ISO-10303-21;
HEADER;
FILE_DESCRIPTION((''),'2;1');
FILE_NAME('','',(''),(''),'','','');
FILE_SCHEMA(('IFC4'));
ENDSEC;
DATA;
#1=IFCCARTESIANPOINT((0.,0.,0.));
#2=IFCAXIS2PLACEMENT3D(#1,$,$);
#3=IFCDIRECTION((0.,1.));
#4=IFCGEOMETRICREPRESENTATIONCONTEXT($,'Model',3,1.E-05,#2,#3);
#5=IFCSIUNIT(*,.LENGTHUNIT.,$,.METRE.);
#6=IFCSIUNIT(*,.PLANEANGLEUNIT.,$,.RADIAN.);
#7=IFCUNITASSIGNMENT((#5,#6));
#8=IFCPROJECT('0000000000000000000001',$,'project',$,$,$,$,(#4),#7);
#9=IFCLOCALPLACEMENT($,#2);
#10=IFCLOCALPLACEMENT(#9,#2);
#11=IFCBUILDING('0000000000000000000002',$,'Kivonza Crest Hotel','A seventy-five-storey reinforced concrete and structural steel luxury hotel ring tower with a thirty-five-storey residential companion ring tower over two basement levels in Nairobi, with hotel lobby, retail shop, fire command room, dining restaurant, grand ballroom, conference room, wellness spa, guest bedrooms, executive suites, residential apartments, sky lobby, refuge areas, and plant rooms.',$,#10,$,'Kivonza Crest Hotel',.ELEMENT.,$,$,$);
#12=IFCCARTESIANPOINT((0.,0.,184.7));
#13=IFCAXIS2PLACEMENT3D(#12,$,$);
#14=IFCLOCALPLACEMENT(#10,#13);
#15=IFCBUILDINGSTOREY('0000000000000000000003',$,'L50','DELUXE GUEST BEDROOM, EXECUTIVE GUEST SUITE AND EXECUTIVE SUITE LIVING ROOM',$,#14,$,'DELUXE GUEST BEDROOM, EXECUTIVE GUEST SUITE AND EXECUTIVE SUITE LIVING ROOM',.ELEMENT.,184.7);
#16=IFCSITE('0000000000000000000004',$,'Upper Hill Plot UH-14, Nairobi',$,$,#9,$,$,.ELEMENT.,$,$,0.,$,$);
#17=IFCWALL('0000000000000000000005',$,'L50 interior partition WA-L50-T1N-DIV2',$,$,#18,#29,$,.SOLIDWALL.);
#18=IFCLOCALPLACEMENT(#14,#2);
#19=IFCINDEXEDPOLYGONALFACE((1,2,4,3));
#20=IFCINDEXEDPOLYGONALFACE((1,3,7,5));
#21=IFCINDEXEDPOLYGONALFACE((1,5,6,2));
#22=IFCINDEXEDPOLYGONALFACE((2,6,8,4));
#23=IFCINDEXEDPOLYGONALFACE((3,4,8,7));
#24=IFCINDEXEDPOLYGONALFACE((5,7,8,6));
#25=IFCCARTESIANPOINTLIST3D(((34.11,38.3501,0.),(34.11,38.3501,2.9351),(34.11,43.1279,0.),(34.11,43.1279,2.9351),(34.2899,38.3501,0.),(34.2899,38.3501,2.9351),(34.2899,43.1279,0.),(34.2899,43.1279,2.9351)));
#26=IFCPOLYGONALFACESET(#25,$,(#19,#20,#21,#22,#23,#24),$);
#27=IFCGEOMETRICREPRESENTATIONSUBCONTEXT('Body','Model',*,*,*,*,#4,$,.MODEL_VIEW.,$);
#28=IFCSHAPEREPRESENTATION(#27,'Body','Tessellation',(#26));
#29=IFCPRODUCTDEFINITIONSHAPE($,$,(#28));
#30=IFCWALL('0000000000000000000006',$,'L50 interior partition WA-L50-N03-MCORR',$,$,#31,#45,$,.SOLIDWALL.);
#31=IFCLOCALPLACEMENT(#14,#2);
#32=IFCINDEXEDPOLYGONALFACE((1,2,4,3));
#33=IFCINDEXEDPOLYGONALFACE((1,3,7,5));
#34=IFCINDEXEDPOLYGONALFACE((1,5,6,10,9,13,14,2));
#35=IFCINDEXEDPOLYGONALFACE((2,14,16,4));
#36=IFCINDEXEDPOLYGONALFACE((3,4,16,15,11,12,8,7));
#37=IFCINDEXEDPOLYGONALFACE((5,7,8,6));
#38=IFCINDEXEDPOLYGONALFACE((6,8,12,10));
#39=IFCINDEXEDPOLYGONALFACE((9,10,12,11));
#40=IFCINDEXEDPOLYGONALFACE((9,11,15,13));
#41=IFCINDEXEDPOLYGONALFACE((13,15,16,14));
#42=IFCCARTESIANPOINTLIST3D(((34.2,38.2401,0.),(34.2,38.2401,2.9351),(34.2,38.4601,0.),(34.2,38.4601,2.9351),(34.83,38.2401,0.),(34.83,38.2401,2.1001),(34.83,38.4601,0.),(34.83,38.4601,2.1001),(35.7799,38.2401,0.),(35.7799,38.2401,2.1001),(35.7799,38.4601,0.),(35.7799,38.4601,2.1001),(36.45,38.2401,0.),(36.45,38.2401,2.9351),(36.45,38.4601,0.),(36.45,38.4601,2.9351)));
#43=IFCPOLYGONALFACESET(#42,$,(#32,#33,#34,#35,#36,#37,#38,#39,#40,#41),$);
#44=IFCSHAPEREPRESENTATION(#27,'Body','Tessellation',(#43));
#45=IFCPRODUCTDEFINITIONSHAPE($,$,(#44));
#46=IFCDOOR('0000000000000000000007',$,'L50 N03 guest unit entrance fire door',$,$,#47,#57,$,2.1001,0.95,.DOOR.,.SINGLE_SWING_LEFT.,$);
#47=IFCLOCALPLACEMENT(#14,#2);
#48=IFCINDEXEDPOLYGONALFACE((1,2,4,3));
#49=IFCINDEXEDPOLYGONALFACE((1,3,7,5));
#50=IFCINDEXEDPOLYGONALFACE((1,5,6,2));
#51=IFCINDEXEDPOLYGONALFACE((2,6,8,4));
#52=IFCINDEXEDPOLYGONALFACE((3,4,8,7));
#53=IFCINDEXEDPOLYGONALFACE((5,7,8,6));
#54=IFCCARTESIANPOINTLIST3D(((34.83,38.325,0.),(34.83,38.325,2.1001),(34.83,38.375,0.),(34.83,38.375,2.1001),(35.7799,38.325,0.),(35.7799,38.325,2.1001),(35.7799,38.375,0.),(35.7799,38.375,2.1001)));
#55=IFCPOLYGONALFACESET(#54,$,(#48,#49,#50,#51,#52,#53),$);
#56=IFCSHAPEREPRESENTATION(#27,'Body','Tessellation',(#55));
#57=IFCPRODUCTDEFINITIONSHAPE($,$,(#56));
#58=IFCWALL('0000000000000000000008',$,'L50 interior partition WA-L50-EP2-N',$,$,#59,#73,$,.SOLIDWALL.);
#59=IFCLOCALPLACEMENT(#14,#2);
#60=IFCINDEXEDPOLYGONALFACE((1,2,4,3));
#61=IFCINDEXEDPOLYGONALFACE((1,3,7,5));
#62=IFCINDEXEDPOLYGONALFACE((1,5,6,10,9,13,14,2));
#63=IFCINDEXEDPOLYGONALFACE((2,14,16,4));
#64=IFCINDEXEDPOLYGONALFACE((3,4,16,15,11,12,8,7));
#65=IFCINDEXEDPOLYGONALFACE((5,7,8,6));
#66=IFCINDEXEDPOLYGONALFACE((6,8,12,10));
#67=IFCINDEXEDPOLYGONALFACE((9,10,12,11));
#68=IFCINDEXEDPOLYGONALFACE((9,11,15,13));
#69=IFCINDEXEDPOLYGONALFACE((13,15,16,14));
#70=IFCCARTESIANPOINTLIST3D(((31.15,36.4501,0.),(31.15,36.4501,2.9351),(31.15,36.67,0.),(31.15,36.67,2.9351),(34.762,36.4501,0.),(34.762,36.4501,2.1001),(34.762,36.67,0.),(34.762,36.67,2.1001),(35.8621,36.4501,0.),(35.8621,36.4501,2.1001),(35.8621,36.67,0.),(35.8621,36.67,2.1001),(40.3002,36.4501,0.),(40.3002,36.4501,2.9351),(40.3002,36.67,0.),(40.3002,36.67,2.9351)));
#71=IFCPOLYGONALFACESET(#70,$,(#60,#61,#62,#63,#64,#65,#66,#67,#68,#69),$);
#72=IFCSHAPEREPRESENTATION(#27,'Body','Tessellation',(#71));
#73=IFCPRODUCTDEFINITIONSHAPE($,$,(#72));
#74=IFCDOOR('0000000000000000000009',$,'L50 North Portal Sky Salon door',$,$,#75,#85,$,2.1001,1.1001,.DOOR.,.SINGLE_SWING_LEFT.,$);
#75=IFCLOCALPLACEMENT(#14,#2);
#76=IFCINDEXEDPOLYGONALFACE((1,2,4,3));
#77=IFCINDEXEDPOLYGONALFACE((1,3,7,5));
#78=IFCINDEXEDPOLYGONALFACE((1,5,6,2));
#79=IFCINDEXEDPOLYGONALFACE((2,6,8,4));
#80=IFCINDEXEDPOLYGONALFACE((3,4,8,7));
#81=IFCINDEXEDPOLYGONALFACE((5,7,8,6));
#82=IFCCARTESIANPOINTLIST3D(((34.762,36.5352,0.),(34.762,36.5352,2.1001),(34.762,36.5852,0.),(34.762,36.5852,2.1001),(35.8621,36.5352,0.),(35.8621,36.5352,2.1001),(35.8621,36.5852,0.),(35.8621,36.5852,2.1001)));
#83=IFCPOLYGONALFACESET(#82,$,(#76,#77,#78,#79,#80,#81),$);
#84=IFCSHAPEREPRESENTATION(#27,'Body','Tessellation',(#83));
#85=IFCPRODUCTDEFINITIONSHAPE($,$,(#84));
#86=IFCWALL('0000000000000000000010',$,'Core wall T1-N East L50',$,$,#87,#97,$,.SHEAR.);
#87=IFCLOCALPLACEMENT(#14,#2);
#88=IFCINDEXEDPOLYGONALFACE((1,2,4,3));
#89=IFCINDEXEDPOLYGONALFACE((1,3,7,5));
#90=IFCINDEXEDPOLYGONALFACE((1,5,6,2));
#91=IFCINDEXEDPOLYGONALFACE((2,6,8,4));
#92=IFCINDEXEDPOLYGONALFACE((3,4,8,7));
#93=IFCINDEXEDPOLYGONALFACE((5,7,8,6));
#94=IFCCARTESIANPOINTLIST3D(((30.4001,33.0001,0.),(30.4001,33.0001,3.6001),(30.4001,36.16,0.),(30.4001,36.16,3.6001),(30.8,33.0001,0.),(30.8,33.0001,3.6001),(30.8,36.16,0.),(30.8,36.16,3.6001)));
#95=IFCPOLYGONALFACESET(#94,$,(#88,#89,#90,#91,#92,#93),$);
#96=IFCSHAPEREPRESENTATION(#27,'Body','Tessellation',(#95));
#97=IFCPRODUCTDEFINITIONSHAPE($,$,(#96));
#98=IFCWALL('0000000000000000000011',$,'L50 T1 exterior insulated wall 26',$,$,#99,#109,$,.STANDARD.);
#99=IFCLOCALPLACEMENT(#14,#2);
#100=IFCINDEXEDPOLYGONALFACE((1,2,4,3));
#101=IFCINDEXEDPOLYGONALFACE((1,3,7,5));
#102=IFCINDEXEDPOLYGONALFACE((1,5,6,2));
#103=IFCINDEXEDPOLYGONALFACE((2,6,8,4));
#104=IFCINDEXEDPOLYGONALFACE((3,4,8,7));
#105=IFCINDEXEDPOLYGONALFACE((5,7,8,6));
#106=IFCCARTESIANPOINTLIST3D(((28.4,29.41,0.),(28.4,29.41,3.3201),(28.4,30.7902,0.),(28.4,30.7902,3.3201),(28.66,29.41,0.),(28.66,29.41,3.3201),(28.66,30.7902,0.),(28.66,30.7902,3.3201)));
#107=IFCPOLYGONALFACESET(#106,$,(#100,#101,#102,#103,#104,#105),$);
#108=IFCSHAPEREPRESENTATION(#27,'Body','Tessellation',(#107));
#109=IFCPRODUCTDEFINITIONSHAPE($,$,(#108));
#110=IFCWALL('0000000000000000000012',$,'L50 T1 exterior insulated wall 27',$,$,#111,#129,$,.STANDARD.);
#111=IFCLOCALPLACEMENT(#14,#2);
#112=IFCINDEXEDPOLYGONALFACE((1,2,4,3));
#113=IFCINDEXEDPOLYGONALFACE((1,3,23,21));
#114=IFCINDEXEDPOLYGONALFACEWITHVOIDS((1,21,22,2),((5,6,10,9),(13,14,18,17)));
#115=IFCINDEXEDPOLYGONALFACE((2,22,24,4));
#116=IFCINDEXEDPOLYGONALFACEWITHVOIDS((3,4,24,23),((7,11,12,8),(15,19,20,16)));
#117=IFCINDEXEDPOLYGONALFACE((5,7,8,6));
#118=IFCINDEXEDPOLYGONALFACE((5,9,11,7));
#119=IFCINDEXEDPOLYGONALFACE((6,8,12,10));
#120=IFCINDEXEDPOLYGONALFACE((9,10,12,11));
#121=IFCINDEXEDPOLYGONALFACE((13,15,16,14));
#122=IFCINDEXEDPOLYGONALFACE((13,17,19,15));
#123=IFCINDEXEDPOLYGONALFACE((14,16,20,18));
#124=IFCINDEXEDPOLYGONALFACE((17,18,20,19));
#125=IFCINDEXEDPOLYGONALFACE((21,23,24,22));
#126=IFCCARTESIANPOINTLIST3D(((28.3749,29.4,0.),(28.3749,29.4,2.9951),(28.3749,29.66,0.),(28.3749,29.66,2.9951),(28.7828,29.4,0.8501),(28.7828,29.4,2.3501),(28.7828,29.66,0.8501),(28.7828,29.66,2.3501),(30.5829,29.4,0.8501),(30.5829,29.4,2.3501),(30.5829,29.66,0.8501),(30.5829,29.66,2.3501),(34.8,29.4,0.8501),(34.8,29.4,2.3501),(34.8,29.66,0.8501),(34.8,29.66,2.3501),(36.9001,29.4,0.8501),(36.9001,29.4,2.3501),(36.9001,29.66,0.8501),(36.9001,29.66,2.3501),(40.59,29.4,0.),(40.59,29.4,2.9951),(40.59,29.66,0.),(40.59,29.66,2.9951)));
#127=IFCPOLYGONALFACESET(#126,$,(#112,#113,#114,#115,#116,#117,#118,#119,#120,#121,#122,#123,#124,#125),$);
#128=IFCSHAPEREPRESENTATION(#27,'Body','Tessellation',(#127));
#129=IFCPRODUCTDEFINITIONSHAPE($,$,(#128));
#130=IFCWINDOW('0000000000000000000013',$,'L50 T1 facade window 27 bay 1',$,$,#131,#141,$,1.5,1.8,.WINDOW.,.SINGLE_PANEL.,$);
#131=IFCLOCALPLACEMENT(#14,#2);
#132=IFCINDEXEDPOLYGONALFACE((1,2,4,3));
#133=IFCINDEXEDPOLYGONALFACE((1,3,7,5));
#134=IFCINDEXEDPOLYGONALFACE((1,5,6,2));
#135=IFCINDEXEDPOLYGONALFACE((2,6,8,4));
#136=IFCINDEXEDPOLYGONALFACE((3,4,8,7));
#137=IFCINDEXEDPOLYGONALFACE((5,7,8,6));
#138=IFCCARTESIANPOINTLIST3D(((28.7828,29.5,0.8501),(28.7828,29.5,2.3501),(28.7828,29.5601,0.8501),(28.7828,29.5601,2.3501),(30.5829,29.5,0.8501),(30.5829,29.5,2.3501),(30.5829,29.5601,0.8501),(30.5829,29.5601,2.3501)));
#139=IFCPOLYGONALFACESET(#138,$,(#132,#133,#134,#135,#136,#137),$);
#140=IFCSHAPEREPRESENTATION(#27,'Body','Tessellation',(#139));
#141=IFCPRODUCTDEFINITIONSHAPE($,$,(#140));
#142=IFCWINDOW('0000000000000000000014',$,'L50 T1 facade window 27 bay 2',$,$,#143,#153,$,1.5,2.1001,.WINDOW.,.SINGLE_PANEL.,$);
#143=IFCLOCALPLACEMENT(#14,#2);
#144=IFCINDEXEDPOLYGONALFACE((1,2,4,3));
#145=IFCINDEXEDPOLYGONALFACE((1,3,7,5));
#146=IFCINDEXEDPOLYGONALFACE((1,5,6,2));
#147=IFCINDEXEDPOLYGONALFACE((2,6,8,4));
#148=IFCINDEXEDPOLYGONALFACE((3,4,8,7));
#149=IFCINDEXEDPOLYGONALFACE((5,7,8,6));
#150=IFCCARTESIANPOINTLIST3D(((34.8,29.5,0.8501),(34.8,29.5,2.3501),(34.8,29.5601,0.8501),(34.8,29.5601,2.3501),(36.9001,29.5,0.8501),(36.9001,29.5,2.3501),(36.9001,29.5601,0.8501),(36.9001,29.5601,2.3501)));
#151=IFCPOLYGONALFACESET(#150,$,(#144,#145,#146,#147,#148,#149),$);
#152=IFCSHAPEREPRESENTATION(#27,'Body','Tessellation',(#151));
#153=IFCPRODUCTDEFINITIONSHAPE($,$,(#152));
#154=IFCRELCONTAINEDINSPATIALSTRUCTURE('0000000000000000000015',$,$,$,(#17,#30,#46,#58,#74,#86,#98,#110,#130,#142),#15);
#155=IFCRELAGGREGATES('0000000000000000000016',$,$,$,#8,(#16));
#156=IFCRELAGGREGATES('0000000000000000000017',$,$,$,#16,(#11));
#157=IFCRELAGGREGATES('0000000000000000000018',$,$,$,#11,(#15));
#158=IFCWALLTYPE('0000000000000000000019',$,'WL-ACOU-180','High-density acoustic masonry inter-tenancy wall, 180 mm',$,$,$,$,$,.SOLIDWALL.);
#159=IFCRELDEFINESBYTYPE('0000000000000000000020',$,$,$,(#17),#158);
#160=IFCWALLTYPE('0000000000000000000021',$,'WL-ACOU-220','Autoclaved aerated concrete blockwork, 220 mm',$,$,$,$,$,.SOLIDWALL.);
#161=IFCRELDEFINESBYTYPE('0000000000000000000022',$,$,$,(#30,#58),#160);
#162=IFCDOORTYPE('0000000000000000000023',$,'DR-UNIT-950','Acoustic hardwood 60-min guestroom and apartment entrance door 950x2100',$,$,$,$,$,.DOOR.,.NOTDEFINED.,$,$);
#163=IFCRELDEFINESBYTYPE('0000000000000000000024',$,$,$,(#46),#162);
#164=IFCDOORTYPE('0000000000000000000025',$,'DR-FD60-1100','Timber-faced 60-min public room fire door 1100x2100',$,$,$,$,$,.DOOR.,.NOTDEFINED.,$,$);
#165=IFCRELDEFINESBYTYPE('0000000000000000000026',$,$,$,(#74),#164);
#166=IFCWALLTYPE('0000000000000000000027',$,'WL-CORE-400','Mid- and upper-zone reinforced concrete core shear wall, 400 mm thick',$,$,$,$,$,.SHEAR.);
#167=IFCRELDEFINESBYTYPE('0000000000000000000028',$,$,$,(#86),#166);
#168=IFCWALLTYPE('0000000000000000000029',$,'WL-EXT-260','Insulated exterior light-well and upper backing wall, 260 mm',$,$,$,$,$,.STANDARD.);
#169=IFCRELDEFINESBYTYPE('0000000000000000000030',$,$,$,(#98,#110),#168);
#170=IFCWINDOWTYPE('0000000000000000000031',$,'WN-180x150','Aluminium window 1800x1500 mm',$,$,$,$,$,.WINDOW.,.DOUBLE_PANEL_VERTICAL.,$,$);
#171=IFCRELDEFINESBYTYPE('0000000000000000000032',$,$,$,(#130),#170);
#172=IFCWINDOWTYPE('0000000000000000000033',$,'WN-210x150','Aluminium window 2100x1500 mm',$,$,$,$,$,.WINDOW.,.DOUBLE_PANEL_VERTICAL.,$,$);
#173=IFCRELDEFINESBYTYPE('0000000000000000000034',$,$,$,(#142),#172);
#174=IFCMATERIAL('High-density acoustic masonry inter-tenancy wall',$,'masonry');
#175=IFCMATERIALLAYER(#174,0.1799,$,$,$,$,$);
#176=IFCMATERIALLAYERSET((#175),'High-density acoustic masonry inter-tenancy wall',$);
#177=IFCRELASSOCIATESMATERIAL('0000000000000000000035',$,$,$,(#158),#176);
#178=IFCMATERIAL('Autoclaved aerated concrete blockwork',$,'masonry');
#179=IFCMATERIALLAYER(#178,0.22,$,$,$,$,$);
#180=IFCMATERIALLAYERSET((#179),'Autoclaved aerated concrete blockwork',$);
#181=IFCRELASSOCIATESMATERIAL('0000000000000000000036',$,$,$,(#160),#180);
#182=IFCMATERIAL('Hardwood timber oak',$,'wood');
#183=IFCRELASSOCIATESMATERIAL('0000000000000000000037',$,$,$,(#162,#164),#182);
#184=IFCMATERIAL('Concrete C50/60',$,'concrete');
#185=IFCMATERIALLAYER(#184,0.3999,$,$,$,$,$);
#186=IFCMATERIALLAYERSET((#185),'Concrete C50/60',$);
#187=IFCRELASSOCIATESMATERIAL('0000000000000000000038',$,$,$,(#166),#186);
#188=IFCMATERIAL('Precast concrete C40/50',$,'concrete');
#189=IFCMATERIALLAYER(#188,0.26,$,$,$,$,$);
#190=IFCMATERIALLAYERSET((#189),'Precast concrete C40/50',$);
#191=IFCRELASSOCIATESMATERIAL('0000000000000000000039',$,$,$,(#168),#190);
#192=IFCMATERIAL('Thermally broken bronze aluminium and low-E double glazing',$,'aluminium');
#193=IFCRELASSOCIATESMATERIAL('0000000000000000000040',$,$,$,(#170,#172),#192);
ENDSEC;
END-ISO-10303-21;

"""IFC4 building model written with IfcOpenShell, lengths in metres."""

from ifc_helpers import new_model, si_unit, direction, frame, frame_2d, origin, place, context, subcontext, project, spatial, rectangle, extrude, material, layer, layer_set, type_object, element, fill, save


model = new_model("IFC4")

# Units and contexts
model_context = context("Model", 3, precision=1e-05, world=origin(), true_north=direction((0.0, 1.0)))
body_context = subcontext(model_context, "Body", "Model", "MODEL_VIEW")
ifc_project = project(units=[si_unit("LENGTHUNIT", "METRE"), si_unit("PLANEANGLEUNIT", "RADIAN")], contexts=[model_context])

# Site, building, storey
site_placement = place(None, origin())
site = spatial("IfcSite", under=ifc_project, at=site_placement, Name="Upper Hill Plot UH-14, Nairobi", CompositionType="ELEMENT", RefElevation=0.0)
building_placement = place(site_placement, origin())
building = spatial("IfcBuilding", under=site, at=building_placement, Name="Kivonza Crest Hotel", Description="A seventy-five-storey reinforced concrete and structural steel luxury hotel ring tower with a thirty-five-storey residential companion ring tower over two basement levels in Nairobi, with hotel lobby, retail shop, fire command room, dining restaurant, grand ballroom, conference room, wellness spa, guest bedrooms, executive suites, residential apartments, sky lobby, refuge areas, and plant rooms.", LongName="Kivonza Crest Hotel", CompositionType="ELEMENT")
storey_placement = place(building_placement, frame((0.0, 0.0, 184.7)))
storey = spatial("IfcBuildingStorey", under=building, at=storey_placement, Name="L50", Description="DELUXE GUEST BEDROOM, EXECUTIVE GUEST SUITE AND EXECUTIVE SUITE LIVING ROOM", LongName="DELUXE GUEST BEDROOM, EXECUTIVE GUEST SUITE AND EXECUTIVE SUITE LIVING ROOM", CompositionType="ELEMENT", Elevation=184.7)

# Shared definitions
ifc_material_1 = material(Name="Concrete C50/60", Category="concrete")

# Wall
ifc_material_2 = material(Name="High-density acoustic masonry inter-tenancy wall", Category="masonry")
ifc_layer_1 = layer(ifc_material_2, 0.1799)
ifc_layer_set_1 = layer_set([ifc_layer_1], Name="High-density acoustic masonry inter-tenancy wall")
wall_type_1 = type_object("IfcWallType", Name="WL-ACOU-180", Description="High-density acoustic masonry inter-tenancy wall, 180 mm", PredefinedType="SOLIDWALL", material=ifc_layer_set_1)
wall_1_placement = place(storey_placement, frame((34.2, 38.3501, 0.0), z_axis=(0.0, 0.0, 1.0), x_axis=(0.0, 1.0, 0.0)))
element("IfcWall", 1, at=wall_1_placement, inside=storey, type_object=wall_type_1, Name="L50 interior partition WA-L50-T1N-DIV2", PredefinedType="SOLIDWALL", context=body_context, shape_type="SweptSolid", body=[
    extrude(rectangle(XDim=4.7778, YDim=0.1799, at=frame_2d((2.3889, 0.0))), origin(), (0.0, 0.0, 1.0), 2.9351),
])

# Walls, openings, doors
ifc_material_3 = material(Name="Autoclaved aerated concrete blockwork", Category="masonry")
ifc_layer_2 = layer(ifc_material_3, 0.22)
ifc_layer_set_2 = layer_set([ifc_layer_2], Name="Autoclaved aerated concrete blockwork")
wall_type_2 = type_object("IfcWallType", Name="WL-ACOU-220", Description="Autoclaved aerated concrete blockwork, 220 mm", PredefinedType="SOLIDWALL", material=ifc_layer_set_2)
wall_2_placement = place(storey_placement, frame((34.2, 38.3501, 0.0), z_axis=(0.0, 0.0, 1.0), x_axis=(1.0, 0.0, 0.0)))
wall_2 = element("IfcWall", 2, at=wall_2_placement, inside=storey, type_object=wall_type_2, Name="L50 interior partition WA-L50-N03-MCORR", PredefinedType="SOLIDWALL", context=body_context, shape_type="SweptSolid", body=[
    extrude(rectangle(XDim=2.25, YDim=0.22, at=frame_2d((1.125, 0.0))), origin(), (0.0, 0.0, 1.0), 2.9351),
])
opening_1_placement = place(wall_2_placement, frame((0.6299, 0.0, 0.0)))
opening_1 = element("IfcOpeningElement", 3, at=opening_1_placement, cuts=wall_2, PredefinedType="OPENING", context=body_context, shape_type="SweptSolid", body=[
    extrude(rectangle(XDim=0.95, YDim=2.1001, at=frame_2d((0.4751, 1.05))), frame((0.0, 0.1201, 0.0), z_axis=(0.0, -1.0, 0.0), x_axis=(1.0, 0.0, 0.0)), (0.0, 0.0, 1.0), 0.24),
])
ifc_material_4 = material(Name="Hardwood timber oak", Category="wood")
door_type_1 = type_object("IfcDoorType", Name="DR-UNIT-950", Description="Acoustic hardwood 60-min guestroom and apartment entrance door 950x2100", OperationType="NOTDEFINED", PredefinedType="DOOR", material=ifc_material_4)
door_1_placement = place(opening_1_placement, origin())
door_1 = element("IfcDoor", 4, at=door_1_placement, inside=storey, type_object=door_type_1, Name="L50 N03 guest unit entrance fire door", OperationType="SINGLE_SWING_LEFT", OverallHeight=2.1001, OverallWidth=0.95, PredefinedType="DOOR", context=body_context, shape_type="SweptSolid", body=[
    extrude(rectangle(XDim=0.95, YDim=2.1001, at=frame_2d((0.4751, 1.05))), frame((0.0, 0.0249, 0.0), z_axis=(0.0, -1.0, 0.0), x_axis=(1.0, 0.0, 0.0)), (0.0, 0.0, 1.0), 0.05),
])
fill(opening_1, door_1)
wall_3_placement = place(storey_placement, frame((31.1499, 36.5601, 0.0), z_axis=(0.0, 0.0, 1.0), x_axis=(1.0, 0.0, 0.0)))
wall_3 = element("IfcWall", 5, at=wall_3_placement, inside=storey, type_object=wall_type_2, Name="L50 interior partition WA-L50-EP2-N", PredefinedType="SOLIDWALL", context=body_context, shape_type="SweptSolid", body=[
    extrude(rectangle(XDim=9.1501, YDim=0.22, at=frame_2d((4.5752, 0.0))), origin(), (0.0, 0.0, 1.0), 2.9351),
])
opening_2_placement = place(wall_3_placement, frame((3.6121, 0.0, 0.0)))
opening_2 = element("IfcOpeningElement", 6, at=opening_2_placement, cuts=wall_3, PredefinedType="OPENING", context=body_context, shape_type="SweptSolid", body=[
    extrude(rectangle(XDim=1.1001, YDim=2.1001, at=frame_2d((0.55, 1.05))), frame((0.0, 0.1201, 0.0), z_axis=(0.0, -1.0, 0.0), x_axis=(1.0, 0.0, 0.0)), (0.0, 0.0, 1.0), 0.24),
])
door_type_2 = type_object("IfcDoorType", Name="DR-FD60-1100", Description="Timber-faced 60-min public room fire door 1100x2100", OperationType="NOTDEFINED", PredefinedType="DOOR", material=ifc_material_4)
door_2_placement = place(opening_2_placement, frame((1.1001, 0.0, 0.0), z_axis=(0.0, 0.0, 1.0), x_axis=(-1.0, 0.0, 0.0)))
door_2 = element("IfcDoor", 7, at=door_2_placement, inside=storey, type_object=door_type_2, Name="L50 North Portal Sky Salon door", OperationType="SINGLE_SWING_LEFT", OverallHeight=2.1001, OverallWidth=1.1001, PredefinedType="DOOR", context=body_context, shape_type="SweptSolid", body=[
    extrude(rectangle(XDim=1.1001, YDim=2.1001, at=frame_2d((0.55, 1.05))), frame((0.0, 0.0249, 0.0), z_axis=(0.0, -1.0, 0.0), x_axis=(1.0, 0.0, 0.0)), (0.0, 0.0, 1.0), 0.05),
])
fill(opening_2, door_2)

# Walls
ifc_layer_3 = layer(ifc_material_1, 0.3999)
ifc_layer_set_3 = layer_set([ifc_layer_3], Name="Concrete C50/60")
wall_type_3 = type_object("IfcWallType", Name="WL-CORE-400", Description="Mid- and upper-zone reinforced concrete core shear wall, 400 mm thick", PredefinedType="SHEAR", material=ifc_layer_set_3)
wall_4_placement = place(storey_placement, frame((30.6001, 33.0, 0.0), z_axis=(0.0, 0.0, 1.0), x_axis=(0.0, 1.0, 0.0)))
element("IfcWall", 8, at=wall_4_placement, inside=storey, type_object=wall_type_3, Name="Core wall T1-N East L50", PredefinedType="SHEAR", context=body_context, shape_type="SweptSolid", body=[
    extrude(rectangle(XDim=3.1599, YDim=0.3999, at=frame_2d((1.5801, 0.0))), origin(), (0.0, 0.0, 1.0), 3.6001),
])
ifc_material_5 = material(Name="Precast concrete C40/50", Category="concrete")
ifc_layer_4 = layer(ifc_material_5, 0.26)
ifc_layer_set_4 = layer_set([ifc_layer_4], Name="Precast concrete C40/50")
wall_type_4 = type_object("IfcWallType", Name="WL-EXT-260", Description="Insulated exterior light-well and upper backing wall, 260 mm", PredefinedType="STANDARD", material=ifc_layer_set_4)
wall_5_placement = place(storey_placement, frame((28.53, 30.79, 0.0), z_axis=(0.0, 0.0, 1.0), x_axis=(0.0, -1.0, 0.0)))
element("IfcWall", 9, at=wall_5_placement, inside=storey, type_object=wall_type_4, Name="L50 T1 exterior insulated wall 26", PredefinedType="STANDARD", context=body_context, shape_type="SweptSolid", body=[
    extrude(rectangle(XDim=1.3801, YDim=0.26, at=frame_2d((0.6899, 0.0))), origin(), (0.0, 0.0, 1.0), 3.3201),
])

# Wall, openings, windows
wall_6_placement = place(storey_placement, frame((28.375, 29.53, 0.0), z_axis=(0.0, 0.0, 1.0), x_axis=(1.0, 0.0, 0.0)))
wall_6 = element("IfcWall", 10, at=wall_6_placement, inside=storey, type_object=wall_type_4, Name="L50 T1 exterior insulated wall 27", PredefinedType="STANDARD", context=body_context, shape_type="SweptSolid", body=[
    extrude(rectangle(XDim=12.2151, YDim=0.26, at=frame_2d((6.1074, 0.0))), origin(), (0.0, 0.0, 1.0), 2.9951),
])
opening_3_placement = place(wall_6_placement, frame((0.408, 0.0, 0.8501)))
opening_3 = element("IfcOpeningElement", 11, at=opening_3_placement, cuts=wall_6, PredefinedType="OPENING", context=body_context, shape_type="SweptSolid", body=[
    extrude(rectangle(XDim=1.8, YDim=1.5, at=frame_2d((0.8999, 0.75))), frame((0.0, 0.1401, 0.0), z_axis=(0.0, -1.0, 0.0), x_axis=(1.0, 0.0, 0.0)), (0.0, 0.0, 1.0), 0.28),
])
opening_4_placement = place(wall_6_placement, frame((6.425, 0.0, 0.8501)))
opening_4 = element("IfcOpeningElement", 12, at=opening_4_placement, cuts=wall_6, PredefinedType="OPENING", context=body_context, shape_type="SweptSolid", body=[
    extrude(rectangle(XDim=2.1001, YDim=1.5, at=frame_2d((1.05, 0.75))), frame((0.0, 0.1401, 0.0), z_axis=(0.0, -1.0, 0.0), x_axis=(1.0, 0.0, 0.0)), (0.0, 0.0, 1.0), 0.28),
])
ifc_material_6 = material(Name="Thermally broken bronze aluminium and low-E double glazing", Category="aluminium")
window_type_1 = type_object("IfcWindowType", Name="WN-180x150", Description="Aluminium window 1800x1500 mm", PartitioningType="DOUBLE_PANEL_VERTICAL", PredefinedType="WINDOW", material=ifc_material_6)
window_1_placement = place(opening_3_placement, origin())
window_1 = element("IfcWindow", 13, at=window_1_placement, inside=storey, type_object=window_type_1, Name="L50 T1 facade window 27 bay 1", OverallHeight=1.5, OverallWidth=1.8, PartitioningType="SINGLE_PANEL", PredefinedType="WINDOW", context=body_context, shape_type="SweptSolid", body=[
    extrude(rectangle(XDim=1.8, YDim=1.5, at=frame_2d((0.8999, 0.75))), frame((0.0, 0.03, 0.0), z_axis=(0.0, -1.0, 0.0), x_axis=(1.0, 0.0, 0.0)), (0.0, 0.0, 1.0), 0.0601),
])
fill(opening_3, window_1)
window_type_2 = type_object("IfcWindowType", Name="WN-210x150", Description="Aluminium window 2100x1500 mm", PartitioningType="DOUBLE_PANEL_VERTICAL", PredefinedType="WINDOW", material=ifc_material_6)
window_2_placement = place(opening_4_placement, origin())
window_2 = element("IfcWindow", 14, at=window_2_placement, inside=storey, type_object=window_type_2, Name="L50 T1 facade window 27 bay 2", OverallHeight=1.5, OverallWidth=2.1001, PartitioningType="SINGLE_PANEL", PredefinedType="WINDOW", context=body_context, shape_type="SweptSolid", body=[
    extrude(rectangle(XDim=2.1001, YDim=1.5, at=frame_2d((1.05, 0.75))), frame((0.0, 0.03, 0.0), z_axis=(0.0, -1.0, 0.0), x_axis=(1.0, 0.0, 0.0)), (0.0, 0.0, 1.0), 0.0601),
])
fill(opening_4, window_2)

save(model, "model.ifc")
